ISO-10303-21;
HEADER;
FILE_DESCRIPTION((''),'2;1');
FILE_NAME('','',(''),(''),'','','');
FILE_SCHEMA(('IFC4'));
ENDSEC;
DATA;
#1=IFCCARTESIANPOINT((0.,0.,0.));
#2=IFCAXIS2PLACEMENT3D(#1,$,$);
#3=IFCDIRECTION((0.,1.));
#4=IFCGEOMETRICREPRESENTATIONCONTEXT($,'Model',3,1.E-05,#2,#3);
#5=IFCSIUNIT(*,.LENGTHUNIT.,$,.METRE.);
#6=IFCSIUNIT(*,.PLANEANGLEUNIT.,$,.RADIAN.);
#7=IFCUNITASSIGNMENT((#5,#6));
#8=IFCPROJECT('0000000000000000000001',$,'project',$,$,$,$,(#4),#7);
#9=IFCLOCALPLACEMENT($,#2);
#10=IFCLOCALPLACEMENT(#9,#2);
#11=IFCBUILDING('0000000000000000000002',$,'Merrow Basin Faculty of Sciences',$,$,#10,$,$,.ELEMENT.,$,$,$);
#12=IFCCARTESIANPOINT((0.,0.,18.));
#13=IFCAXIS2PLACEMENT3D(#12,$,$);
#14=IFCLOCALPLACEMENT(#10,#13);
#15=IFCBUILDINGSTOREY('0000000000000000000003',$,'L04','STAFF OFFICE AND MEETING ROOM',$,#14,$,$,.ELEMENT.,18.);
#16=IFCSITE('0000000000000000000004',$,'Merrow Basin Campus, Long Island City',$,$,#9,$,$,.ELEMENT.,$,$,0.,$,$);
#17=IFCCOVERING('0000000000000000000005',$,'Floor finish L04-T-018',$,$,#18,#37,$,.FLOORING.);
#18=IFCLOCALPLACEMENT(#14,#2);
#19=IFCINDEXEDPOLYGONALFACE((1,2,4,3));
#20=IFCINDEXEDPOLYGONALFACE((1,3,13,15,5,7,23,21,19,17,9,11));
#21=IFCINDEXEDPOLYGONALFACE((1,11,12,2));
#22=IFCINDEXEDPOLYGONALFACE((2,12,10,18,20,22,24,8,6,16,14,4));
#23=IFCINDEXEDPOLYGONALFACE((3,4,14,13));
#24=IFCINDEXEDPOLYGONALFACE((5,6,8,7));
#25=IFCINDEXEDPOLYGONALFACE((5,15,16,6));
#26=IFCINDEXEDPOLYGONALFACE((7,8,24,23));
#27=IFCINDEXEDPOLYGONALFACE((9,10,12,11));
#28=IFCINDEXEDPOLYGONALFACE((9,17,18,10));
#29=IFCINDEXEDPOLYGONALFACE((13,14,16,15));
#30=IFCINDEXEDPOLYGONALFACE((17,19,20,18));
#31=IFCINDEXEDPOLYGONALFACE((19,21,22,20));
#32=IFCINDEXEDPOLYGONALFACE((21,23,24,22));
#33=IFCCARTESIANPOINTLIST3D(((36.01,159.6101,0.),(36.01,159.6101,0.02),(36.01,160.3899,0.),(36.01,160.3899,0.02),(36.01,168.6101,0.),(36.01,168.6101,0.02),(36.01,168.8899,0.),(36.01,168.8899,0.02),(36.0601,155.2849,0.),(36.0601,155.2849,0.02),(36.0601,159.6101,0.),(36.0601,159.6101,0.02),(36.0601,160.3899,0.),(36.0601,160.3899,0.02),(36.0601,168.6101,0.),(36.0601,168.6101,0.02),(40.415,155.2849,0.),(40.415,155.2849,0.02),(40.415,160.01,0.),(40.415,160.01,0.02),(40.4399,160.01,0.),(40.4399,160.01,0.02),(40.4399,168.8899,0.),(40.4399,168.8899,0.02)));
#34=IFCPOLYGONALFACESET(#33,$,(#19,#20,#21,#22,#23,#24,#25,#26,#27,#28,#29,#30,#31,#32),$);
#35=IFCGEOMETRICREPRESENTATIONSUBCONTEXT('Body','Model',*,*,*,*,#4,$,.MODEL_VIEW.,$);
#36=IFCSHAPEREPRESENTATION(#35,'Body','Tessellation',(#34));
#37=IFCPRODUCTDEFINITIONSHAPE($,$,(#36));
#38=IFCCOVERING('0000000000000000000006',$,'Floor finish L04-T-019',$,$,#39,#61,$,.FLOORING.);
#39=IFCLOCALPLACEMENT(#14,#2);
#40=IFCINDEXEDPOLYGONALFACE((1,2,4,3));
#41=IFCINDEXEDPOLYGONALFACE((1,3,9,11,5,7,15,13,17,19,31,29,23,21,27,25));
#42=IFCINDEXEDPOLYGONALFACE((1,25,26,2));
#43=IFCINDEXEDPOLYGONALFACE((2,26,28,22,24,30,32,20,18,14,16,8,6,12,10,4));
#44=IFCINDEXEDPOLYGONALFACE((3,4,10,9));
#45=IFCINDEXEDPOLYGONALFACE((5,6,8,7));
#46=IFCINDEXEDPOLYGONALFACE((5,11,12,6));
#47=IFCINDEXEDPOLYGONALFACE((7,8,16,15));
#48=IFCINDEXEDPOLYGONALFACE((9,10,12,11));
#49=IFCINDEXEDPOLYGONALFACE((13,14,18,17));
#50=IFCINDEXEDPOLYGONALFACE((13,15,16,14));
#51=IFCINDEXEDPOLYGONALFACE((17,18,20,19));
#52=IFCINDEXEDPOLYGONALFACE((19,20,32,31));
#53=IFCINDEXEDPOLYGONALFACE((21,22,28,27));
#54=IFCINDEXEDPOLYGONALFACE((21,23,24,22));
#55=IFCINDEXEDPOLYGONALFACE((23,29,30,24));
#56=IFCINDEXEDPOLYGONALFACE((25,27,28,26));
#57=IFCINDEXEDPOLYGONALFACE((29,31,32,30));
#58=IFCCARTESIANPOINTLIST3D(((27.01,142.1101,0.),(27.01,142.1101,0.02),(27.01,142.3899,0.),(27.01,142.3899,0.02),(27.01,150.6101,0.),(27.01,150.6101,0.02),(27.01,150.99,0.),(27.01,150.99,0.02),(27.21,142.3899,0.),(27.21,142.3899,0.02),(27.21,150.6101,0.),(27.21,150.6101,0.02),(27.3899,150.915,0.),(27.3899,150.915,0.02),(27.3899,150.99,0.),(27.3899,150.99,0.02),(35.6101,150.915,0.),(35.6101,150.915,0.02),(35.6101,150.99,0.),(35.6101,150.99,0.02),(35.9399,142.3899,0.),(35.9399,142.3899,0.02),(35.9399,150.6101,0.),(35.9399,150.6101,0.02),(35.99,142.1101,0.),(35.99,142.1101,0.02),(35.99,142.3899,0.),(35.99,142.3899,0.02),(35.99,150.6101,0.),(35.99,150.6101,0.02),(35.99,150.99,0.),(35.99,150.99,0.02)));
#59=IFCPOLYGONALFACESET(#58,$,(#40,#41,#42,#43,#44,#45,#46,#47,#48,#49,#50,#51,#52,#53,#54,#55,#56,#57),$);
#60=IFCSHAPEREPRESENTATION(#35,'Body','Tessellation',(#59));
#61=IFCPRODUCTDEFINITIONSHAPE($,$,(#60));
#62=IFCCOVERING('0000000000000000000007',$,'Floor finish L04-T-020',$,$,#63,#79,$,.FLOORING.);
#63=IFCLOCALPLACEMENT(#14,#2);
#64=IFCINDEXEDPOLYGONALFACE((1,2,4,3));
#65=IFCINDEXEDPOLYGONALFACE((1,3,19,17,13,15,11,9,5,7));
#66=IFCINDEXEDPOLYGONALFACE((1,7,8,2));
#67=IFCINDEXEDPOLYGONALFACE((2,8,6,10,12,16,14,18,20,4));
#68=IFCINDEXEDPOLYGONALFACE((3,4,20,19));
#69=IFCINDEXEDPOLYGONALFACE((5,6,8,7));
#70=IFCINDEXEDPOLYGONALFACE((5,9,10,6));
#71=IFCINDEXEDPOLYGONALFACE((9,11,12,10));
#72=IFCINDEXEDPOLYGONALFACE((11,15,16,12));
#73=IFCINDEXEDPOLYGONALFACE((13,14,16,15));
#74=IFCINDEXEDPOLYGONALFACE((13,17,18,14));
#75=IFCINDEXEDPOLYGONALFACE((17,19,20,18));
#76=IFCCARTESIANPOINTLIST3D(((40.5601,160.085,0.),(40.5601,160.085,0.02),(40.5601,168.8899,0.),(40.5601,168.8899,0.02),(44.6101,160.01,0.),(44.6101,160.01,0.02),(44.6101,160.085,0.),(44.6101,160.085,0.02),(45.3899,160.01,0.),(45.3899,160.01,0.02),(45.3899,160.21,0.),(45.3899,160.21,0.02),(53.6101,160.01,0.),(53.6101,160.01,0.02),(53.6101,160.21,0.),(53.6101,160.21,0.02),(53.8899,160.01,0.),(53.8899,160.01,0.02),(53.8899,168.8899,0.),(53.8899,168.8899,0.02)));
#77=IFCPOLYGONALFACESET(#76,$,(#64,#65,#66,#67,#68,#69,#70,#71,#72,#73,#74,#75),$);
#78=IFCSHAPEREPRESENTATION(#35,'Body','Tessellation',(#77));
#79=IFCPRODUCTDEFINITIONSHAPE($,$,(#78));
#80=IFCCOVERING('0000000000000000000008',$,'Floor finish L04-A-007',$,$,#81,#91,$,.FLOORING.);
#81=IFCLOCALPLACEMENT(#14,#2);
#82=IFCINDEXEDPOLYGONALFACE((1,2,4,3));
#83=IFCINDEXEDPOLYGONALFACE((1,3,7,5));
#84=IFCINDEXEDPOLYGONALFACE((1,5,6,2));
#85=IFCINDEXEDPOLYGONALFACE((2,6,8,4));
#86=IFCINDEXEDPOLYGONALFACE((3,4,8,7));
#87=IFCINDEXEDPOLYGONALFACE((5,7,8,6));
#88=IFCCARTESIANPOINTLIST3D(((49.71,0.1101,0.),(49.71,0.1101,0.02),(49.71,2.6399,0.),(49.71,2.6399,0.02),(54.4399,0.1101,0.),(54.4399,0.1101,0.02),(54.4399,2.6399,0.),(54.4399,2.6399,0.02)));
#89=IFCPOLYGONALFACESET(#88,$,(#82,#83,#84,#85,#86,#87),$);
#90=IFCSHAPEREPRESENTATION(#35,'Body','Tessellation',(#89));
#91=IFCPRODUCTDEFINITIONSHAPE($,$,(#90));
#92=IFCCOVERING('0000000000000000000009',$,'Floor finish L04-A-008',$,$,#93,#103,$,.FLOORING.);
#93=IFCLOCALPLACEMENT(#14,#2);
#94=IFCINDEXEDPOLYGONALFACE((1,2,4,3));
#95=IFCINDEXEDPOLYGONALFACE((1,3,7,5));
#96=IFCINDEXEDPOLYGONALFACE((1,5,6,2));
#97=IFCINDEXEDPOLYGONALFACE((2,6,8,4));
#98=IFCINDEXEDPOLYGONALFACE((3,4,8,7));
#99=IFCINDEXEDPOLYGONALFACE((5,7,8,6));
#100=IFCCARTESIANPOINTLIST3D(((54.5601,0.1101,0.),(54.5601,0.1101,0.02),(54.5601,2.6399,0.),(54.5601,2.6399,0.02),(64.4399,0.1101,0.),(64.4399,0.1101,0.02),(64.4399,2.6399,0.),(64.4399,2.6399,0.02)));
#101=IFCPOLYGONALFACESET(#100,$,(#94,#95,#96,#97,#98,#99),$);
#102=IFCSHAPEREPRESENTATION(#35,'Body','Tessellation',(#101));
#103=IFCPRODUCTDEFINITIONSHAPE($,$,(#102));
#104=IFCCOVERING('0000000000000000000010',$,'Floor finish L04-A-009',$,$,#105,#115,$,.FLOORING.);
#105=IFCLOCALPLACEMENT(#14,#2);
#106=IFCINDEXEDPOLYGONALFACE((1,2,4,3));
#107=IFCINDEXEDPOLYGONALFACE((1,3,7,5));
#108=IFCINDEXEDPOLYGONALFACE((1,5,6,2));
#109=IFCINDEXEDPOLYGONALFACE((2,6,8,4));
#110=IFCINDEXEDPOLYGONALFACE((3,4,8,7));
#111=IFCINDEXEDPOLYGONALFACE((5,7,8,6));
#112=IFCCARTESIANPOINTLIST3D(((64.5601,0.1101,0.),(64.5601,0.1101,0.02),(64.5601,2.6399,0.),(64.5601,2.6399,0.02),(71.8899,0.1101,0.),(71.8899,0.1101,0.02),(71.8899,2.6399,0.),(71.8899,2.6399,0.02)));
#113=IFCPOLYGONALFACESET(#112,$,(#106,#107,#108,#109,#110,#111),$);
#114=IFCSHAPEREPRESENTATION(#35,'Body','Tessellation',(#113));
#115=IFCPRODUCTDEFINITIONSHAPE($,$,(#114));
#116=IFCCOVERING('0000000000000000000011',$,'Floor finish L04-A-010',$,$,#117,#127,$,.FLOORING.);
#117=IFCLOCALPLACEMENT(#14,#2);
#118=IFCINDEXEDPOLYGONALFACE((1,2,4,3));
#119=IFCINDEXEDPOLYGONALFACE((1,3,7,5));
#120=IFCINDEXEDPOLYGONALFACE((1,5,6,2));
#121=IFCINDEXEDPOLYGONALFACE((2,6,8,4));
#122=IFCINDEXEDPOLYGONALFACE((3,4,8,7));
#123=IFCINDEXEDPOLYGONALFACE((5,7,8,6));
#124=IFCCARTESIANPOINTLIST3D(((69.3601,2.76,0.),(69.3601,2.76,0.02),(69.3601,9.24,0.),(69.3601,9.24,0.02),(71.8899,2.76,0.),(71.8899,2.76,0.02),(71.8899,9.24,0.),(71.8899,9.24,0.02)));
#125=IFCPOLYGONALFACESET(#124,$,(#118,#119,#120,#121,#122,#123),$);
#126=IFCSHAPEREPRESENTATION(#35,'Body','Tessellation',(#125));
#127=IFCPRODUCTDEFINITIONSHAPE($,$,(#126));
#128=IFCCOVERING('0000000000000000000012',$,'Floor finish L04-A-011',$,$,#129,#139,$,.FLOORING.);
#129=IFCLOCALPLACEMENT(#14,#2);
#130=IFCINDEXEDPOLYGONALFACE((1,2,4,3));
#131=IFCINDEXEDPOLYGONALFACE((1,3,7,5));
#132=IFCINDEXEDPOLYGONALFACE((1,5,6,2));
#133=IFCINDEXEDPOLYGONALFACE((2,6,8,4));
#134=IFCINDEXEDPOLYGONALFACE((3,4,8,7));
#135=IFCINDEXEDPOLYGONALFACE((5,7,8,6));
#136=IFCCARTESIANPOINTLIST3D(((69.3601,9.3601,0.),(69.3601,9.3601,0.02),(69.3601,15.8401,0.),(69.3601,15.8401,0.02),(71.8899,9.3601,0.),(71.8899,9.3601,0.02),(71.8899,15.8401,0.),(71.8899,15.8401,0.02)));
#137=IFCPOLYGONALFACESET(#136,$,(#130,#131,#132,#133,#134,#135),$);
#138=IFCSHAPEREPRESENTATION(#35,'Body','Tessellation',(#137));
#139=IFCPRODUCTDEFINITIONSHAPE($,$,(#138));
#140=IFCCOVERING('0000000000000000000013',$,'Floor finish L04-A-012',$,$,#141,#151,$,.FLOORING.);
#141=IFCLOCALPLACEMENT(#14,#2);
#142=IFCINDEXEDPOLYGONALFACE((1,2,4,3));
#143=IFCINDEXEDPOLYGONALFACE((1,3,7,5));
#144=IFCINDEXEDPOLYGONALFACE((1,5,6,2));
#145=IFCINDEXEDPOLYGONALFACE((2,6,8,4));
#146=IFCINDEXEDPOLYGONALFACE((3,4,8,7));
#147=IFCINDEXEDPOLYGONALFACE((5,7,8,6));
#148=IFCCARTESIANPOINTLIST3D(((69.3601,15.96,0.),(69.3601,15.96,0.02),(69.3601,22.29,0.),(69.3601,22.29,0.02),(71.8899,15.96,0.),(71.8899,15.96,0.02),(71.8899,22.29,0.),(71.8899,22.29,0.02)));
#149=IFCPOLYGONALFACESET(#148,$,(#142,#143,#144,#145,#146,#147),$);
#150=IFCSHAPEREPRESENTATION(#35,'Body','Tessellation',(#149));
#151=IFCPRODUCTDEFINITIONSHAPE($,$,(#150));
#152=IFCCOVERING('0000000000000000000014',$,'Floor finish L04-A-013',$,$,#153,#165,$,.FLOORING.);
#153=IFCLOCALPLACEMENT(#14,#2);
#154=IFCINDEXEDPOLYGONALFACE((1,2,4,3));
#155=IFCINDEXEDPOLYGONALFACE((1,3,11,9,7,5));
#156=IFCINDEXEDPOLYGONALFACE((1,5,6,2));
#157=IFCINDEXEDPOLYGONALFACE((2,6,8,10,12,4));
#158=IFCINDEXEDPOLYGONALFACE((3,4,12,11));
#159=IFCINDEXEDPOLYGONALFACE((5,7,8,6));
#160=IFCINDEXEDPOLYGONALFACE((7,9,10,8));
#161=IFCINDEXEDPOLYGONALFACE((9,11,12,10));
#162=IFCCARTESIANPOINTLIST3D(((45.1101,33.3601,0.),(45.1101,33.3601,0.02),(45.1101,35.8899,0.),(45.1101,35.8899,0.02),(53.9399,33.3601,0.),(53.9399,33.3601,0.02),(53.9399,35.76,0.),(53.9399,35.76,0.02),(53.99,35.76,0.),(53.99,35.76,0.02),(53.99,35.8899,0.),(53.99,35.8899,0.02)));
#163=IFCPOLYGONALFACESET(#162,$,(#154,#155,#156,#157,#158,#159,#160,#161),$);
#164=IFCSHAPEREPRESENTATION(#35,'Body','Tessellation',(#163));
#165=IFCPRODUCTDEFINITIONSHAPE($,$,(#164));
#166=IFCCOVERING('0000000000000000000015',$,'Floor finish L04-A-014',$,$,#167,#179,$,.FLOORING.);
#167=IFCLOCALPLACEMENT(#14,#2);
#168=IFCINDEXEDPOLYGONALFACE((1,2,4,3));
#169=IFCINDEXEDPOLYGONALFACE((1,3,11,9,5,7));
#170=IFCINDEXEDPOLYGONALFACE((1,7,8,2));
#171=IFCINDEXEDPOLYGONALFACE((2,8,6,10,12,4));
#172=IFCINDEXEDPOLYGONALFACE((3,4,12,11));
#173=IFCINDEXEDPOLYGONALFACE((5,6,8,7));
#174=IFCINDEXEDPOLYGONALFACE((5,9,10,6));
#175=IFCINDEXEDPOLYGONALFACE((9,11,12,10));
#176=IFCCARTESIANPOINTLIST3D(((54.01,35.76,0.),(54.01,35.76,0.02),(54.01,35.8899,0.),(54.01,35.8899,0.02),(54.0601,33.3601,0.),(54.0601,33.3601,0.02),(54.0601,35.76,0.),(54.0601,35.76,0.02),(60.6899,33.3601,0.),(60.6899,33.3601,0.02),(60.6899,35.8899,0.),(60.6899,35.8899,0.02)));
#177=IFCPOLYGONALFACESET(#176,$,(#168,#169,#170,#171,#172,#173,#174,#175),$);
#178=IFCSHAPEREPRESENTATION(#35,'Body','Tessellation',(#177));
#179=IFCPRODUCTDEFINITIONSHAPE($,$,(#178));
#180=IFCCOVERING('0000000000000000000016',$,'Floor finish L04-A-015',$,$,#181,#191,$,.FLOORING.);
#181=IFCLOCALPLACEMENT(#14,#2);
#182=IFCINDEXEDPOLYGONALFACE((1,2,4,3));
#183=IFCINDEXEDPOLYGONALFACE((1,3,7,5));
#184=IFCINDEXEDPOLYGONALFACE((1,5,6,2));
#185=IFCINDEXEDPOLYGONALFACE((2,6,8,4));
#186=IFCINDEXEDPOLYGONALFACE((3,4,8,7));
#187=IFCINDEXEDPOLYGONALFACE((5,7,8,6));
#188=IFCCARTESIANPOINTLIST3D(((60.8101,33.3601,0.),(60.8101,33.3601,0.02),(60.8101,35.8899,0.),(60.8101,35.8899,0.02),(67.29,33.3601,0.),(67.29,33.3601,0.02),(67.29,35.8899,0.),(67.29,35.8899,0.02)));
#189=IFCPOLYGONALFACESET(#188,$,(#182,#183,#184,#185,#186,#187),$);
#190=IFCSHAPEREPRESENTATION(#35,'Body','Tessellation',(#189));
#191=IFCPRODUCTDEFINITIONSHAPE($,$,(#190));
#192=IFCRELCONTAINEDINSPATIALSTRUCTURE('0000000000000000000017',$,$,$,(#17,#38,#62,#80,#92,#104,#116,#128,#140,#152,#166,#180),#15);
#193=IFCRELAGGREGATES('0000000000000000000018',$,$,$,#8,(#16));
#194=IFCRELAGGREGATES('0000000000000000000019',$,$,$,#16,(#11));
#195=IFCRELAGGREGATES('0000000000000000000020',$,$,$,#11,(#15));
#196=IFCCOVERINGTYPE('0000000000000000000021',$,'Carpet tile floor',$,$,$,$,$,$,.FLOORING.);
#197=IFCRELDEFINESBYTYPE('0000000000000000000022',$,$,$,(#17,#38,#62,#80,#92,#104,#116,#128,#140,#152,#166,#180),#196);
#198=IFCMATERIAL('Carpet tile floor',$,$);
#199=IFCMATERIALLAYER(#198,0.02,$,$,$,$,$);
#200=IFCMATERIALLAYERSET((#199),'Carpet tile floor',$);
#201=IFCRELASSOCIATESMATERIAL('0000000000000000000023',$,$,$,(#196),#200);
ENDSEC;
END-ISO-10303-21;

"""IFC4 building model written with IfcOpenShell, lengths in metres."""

from ifc_helpers import new_model, si_unit, direction, frame, origin, place, context, subcontext, project, spatial, polyline, outline, extrude, material, layer, layer_set, type_object, element, save


model = new_model("IFC4")

# Units and contexts
model_context = context("Model", 3, precision=1e-05, world=origin(), true_north=direction((0.0, 1.0)))
body_context = subcontext(model_context, "Body", "Model", "MODEL_VIEW")
ifc_project = project(units=[si_unit("LENGTHUNIT", "METRE"), si_unit("PLANEANGLEUNIT", "RADIAN")], contexts=[model_context])

# Site, building, storey
site_placement = place(None, origin())
site = spatial("IfcSite", under=ifc_project, at=site_placement, Name="Merrow Basin Campus, Long Island City", CompositionType="ELEMENT", RefElevation=0.0)
building_placement = place(site_placement, origin())
building = spatial("IfcBuilding", under=site, at=building_placement, Name="Merrow Basin Faculty of Sciences", CompositionType="ELEMENT")
storey_placement = place(building_placement, frame((0.0, 0.0, 18.0)))
storey = spatial("IfcBuildingStorey", under=building, at=storey_placement, Name="L04", Description="STAFF OFFICE AND MEETING ROOM", CompositionType="ELEMENT", Elevation=18.0)

# Coverings
ifc_material_1 = material(Name="Carpet tile floor")
ifc_layer_1 = layer(ifc_material_1, 0.02)
ifc_layer_set_1 = layer_set([ifc_layer_1], Name="Carpet tile floor")
covering_type_1 = type_object("IfcCoveringType", Name="Carpet tile floor", PredefinedType="FLOORING", material=ifc_layer_set_1)
covering_1_placement = place(storey_placement, origin())
element("IfcCovering", 1, at=covering_1_placement, inside=storey, type_object=covering_type_1, Name="Floor finish L04-T-018", PredefinedType="FLOORING", context=body_context, shape_type="SweptSolid", body=[
    extrude(outline(polyline([(36.0601, 155.2849), (36.0601, 159.6101), (36.01, 159.6101), (36.01, 160.3899), (36.0601, 160.3899), (36.0601, 168.6101), (36.01, 168.6101), (36.01, 168.8899), (40.4399, 168.8899), (40.4399, 160.01), (40.415, 160.01), (40.415, 155.2849), (36.0601, 155.2849)])), origin(), (0.0, 0.0, 1.0), 0.02),
])
covering_2_placement = place(storey_placement, origin())
element("IfcCovering", 2, at=covering_2_placement, inside=storey, type_object=covering_type_1, Name="Floor finish L04-T-019", PredefinedType="FLOORING", context=body_context, shape_type="SweptSolid", body=[
    extrude(outline(polyline([(27.3899, 150.99), (27.3899, 150.915), (35.6101, 150.915), (35.6101, 150.99), (35.99, 150.99), (35.99, 150.6101), (35.9399, 150.6101), (35.9399, 142.3899), (35.99, 142.3899), (35.99, 142.1101), (27.01, 142.1101), (27.01, 142.3899), (27.21, 142.3899), (27.21, 150.6101), (27.01, 150.6101), (27.01, 150.99), (27.3899, 150.99)])), origin(), (0.0, 0.0, 1.0), 0.02),
])
covering_3_placement = place(storey_placement, origin())
element("IfcCovering", 3, at=covering_3_placement, inside=storey, type_object=covering_type_1, Name="Floor finish L04-T-020", PredefinedType="FLOORING", context=body_context, shape_type="SweptSolid", body=[
    extrude(outline(polyline([(53.8899, 168.8899), (53.8899, 160.01), (53.6101, 160.01), (53.6101, 160.21), (45.3899, 160.21), (45.3899, 160.01), (44.6101, 160.01), (44.6101, 160.085), (40.5601, 160.085), (40.5601, 168.8899), (53.8899, 168.8899)])), origin(), (0.0, 0.0, 1.0), 0.02),
])
covering_4_placement = place(storey_placement, origin())
element("IfcCovering", 4, at=covering_4_placement, inside=storey, type_object=covering_type_1, Name="Floor finish L04-A-007", PredefinedType="FLOORING", context=body_context, shape_type="SweptSolid", body=[
    extrude(outline(polyline([(49.71, 0.1101), (49.71, 2.6399), (54.4399, 2.6399), (54.4399, 0.1101), (49.71, 0.1101)])), origin(), (0.0, 0.0, 1.0), 0.02),
])
covering_5_placement = place(storey_placement, origin())
element("IfcCovering", 5, at=covering_5_placement, inside=storey, type_object=covering_type_1, Name="Floor finish L04-A-008", PredefinedType="FLOORING", context=body_context, shape_type="SweptSolid", body=[
    extrude(outline(polyline([(54.5601, 0.1101), (54.5601, 2.6399), (64.4399, 2.6399), (64.4399, 0.1101), (54.5601, 0.1101)])), origin(), (0.0, 0.0, 1.0), 0.02),
])
covering_6_placement = place(storey_placement, origin())
element("IfcCovering", 6, at=covering_6_placement, inside=storey, type_object=covering_type_1, Name="Floor finish L04-A-009", PredefinedType="FLOORING", context=body_context, shape_type="SweptSolid", body=[
    extrude(outline(polyline([(71.8899, 0.1101), (64.5601, 0.1101), (64.5601, 2.6399), (71.8899, 2.6399), (71.8899, 0.1101)])), origin(), (0.0, 0.0, 1.0), 0.02),
])
covering_7_placement = place(storey_placement, origin())
element("IfcCovering", 7, at=covering_7_placement, inside=storey, type_object=covering_type_1, Name="Floor finish L04-A-010", PredefinedType="FLOORING", context=body_context, shape_type="SweptSolid", body=[
    extrude(outline(polyline([(71.8899, 2.76), (69.3601, 2.76), (69.3601, 9.24), (71.8899, 9.24), (71.8899, 2.76)])), origin(), (0.0, 0.0, 1.0), 0.02),
])
covering_8_placement = place(storey_placement, origin())
element("IfcCovering", 8, at=covering_8_placement, inside=storey, type_object=covering_type_1, Name="Floor finish L04-A-011", PredefinedType="FLOORING", context=body_context, shape_type="SweptSolid", body=[
    extrude(outline(polyline([(71.8899, 9.3601), (69.3601, 9.3601), (69.3601, 15.8401), (71.8899, 15.8401), (71.8899, 9.3601)])), origin(), (0.0, 0.0, 1.0), 0.02),
])
covering_9_placement = place(storey_placement, origin())
element("IfcCovering", 9, at=covering_9_placement, inside=storey, type_object=covering_type_1, Name="Floor finish L04-A-012", PredefinedType="FLOORING", context=body_context, shape_type="SweptSolid", body=[
    extrude(outline(polyline([(71.8899, 15.96), (69.3601, 15.96), (69.3601, 22.29), (71.8899, 22.29), (71.8899, 15.96)])), origin(), (0.0, 0.0, 1.0), 0.02),
])
covering_10_placement = place(storey_placement, origin())
element("IfcCovering", 10, at=covering_10_placement, inside=storey, type_object=covering_type_1, Name="Floor finish L04-A-013", PredefinedType="FLOORING", context=body_context, shape_type="SweptSolid", body=[
    extrude(outline(polyline([(45.1101, 35.8899), (53.99, 35.8899), (53.99, 35.76), (53.9399, 35.76), (53.9399, 33.3601), (45.1101, 33.3601), (45.1101, 35.8899)])), origin(), (0.0, 0.0, 1.0), 0.02),
])
covering_11_placement = place(storey_placement, origin())
element("IfcCovering", 11, at=covering_11_placement, inside=storey, type_object=covering_type_1, Name="Floor finish L04-A-014", PredefinedType="FLOORING", context=body_context, shape_type="SweptSolid", body=[
    extrude(outline(polyline([(54.01, 35.8899), (60.6899, 35.8899), (60.6899, 33.3601), (54.0601, 33.3601), (54.0601, 35.76), (54.01, 35.76), (54.01, 35.8899)])), origin(), (0.0, 0.0, 1.0), 0.02),
])
covering_12_placement = place(storey_placement, origin())
element("IfcCovering", 12, at=covering_12_placement, inside=storey, type_object=covering_type_1, Name="Floor finish L04-A-015", PredefinedType="FLOORING", context=body_context, shape_type="SweptSolid", body=[
    extrude(outline(polyline([(67.29, 35.8899), (67.29, 33.3601), (60.8101, 33.3601), (60.8101, 35.8899), (67.29, 35.8899)])), origin(), (0.0, 0.0, 1.0), 0.02),
])

save(model, "model.ifc")
